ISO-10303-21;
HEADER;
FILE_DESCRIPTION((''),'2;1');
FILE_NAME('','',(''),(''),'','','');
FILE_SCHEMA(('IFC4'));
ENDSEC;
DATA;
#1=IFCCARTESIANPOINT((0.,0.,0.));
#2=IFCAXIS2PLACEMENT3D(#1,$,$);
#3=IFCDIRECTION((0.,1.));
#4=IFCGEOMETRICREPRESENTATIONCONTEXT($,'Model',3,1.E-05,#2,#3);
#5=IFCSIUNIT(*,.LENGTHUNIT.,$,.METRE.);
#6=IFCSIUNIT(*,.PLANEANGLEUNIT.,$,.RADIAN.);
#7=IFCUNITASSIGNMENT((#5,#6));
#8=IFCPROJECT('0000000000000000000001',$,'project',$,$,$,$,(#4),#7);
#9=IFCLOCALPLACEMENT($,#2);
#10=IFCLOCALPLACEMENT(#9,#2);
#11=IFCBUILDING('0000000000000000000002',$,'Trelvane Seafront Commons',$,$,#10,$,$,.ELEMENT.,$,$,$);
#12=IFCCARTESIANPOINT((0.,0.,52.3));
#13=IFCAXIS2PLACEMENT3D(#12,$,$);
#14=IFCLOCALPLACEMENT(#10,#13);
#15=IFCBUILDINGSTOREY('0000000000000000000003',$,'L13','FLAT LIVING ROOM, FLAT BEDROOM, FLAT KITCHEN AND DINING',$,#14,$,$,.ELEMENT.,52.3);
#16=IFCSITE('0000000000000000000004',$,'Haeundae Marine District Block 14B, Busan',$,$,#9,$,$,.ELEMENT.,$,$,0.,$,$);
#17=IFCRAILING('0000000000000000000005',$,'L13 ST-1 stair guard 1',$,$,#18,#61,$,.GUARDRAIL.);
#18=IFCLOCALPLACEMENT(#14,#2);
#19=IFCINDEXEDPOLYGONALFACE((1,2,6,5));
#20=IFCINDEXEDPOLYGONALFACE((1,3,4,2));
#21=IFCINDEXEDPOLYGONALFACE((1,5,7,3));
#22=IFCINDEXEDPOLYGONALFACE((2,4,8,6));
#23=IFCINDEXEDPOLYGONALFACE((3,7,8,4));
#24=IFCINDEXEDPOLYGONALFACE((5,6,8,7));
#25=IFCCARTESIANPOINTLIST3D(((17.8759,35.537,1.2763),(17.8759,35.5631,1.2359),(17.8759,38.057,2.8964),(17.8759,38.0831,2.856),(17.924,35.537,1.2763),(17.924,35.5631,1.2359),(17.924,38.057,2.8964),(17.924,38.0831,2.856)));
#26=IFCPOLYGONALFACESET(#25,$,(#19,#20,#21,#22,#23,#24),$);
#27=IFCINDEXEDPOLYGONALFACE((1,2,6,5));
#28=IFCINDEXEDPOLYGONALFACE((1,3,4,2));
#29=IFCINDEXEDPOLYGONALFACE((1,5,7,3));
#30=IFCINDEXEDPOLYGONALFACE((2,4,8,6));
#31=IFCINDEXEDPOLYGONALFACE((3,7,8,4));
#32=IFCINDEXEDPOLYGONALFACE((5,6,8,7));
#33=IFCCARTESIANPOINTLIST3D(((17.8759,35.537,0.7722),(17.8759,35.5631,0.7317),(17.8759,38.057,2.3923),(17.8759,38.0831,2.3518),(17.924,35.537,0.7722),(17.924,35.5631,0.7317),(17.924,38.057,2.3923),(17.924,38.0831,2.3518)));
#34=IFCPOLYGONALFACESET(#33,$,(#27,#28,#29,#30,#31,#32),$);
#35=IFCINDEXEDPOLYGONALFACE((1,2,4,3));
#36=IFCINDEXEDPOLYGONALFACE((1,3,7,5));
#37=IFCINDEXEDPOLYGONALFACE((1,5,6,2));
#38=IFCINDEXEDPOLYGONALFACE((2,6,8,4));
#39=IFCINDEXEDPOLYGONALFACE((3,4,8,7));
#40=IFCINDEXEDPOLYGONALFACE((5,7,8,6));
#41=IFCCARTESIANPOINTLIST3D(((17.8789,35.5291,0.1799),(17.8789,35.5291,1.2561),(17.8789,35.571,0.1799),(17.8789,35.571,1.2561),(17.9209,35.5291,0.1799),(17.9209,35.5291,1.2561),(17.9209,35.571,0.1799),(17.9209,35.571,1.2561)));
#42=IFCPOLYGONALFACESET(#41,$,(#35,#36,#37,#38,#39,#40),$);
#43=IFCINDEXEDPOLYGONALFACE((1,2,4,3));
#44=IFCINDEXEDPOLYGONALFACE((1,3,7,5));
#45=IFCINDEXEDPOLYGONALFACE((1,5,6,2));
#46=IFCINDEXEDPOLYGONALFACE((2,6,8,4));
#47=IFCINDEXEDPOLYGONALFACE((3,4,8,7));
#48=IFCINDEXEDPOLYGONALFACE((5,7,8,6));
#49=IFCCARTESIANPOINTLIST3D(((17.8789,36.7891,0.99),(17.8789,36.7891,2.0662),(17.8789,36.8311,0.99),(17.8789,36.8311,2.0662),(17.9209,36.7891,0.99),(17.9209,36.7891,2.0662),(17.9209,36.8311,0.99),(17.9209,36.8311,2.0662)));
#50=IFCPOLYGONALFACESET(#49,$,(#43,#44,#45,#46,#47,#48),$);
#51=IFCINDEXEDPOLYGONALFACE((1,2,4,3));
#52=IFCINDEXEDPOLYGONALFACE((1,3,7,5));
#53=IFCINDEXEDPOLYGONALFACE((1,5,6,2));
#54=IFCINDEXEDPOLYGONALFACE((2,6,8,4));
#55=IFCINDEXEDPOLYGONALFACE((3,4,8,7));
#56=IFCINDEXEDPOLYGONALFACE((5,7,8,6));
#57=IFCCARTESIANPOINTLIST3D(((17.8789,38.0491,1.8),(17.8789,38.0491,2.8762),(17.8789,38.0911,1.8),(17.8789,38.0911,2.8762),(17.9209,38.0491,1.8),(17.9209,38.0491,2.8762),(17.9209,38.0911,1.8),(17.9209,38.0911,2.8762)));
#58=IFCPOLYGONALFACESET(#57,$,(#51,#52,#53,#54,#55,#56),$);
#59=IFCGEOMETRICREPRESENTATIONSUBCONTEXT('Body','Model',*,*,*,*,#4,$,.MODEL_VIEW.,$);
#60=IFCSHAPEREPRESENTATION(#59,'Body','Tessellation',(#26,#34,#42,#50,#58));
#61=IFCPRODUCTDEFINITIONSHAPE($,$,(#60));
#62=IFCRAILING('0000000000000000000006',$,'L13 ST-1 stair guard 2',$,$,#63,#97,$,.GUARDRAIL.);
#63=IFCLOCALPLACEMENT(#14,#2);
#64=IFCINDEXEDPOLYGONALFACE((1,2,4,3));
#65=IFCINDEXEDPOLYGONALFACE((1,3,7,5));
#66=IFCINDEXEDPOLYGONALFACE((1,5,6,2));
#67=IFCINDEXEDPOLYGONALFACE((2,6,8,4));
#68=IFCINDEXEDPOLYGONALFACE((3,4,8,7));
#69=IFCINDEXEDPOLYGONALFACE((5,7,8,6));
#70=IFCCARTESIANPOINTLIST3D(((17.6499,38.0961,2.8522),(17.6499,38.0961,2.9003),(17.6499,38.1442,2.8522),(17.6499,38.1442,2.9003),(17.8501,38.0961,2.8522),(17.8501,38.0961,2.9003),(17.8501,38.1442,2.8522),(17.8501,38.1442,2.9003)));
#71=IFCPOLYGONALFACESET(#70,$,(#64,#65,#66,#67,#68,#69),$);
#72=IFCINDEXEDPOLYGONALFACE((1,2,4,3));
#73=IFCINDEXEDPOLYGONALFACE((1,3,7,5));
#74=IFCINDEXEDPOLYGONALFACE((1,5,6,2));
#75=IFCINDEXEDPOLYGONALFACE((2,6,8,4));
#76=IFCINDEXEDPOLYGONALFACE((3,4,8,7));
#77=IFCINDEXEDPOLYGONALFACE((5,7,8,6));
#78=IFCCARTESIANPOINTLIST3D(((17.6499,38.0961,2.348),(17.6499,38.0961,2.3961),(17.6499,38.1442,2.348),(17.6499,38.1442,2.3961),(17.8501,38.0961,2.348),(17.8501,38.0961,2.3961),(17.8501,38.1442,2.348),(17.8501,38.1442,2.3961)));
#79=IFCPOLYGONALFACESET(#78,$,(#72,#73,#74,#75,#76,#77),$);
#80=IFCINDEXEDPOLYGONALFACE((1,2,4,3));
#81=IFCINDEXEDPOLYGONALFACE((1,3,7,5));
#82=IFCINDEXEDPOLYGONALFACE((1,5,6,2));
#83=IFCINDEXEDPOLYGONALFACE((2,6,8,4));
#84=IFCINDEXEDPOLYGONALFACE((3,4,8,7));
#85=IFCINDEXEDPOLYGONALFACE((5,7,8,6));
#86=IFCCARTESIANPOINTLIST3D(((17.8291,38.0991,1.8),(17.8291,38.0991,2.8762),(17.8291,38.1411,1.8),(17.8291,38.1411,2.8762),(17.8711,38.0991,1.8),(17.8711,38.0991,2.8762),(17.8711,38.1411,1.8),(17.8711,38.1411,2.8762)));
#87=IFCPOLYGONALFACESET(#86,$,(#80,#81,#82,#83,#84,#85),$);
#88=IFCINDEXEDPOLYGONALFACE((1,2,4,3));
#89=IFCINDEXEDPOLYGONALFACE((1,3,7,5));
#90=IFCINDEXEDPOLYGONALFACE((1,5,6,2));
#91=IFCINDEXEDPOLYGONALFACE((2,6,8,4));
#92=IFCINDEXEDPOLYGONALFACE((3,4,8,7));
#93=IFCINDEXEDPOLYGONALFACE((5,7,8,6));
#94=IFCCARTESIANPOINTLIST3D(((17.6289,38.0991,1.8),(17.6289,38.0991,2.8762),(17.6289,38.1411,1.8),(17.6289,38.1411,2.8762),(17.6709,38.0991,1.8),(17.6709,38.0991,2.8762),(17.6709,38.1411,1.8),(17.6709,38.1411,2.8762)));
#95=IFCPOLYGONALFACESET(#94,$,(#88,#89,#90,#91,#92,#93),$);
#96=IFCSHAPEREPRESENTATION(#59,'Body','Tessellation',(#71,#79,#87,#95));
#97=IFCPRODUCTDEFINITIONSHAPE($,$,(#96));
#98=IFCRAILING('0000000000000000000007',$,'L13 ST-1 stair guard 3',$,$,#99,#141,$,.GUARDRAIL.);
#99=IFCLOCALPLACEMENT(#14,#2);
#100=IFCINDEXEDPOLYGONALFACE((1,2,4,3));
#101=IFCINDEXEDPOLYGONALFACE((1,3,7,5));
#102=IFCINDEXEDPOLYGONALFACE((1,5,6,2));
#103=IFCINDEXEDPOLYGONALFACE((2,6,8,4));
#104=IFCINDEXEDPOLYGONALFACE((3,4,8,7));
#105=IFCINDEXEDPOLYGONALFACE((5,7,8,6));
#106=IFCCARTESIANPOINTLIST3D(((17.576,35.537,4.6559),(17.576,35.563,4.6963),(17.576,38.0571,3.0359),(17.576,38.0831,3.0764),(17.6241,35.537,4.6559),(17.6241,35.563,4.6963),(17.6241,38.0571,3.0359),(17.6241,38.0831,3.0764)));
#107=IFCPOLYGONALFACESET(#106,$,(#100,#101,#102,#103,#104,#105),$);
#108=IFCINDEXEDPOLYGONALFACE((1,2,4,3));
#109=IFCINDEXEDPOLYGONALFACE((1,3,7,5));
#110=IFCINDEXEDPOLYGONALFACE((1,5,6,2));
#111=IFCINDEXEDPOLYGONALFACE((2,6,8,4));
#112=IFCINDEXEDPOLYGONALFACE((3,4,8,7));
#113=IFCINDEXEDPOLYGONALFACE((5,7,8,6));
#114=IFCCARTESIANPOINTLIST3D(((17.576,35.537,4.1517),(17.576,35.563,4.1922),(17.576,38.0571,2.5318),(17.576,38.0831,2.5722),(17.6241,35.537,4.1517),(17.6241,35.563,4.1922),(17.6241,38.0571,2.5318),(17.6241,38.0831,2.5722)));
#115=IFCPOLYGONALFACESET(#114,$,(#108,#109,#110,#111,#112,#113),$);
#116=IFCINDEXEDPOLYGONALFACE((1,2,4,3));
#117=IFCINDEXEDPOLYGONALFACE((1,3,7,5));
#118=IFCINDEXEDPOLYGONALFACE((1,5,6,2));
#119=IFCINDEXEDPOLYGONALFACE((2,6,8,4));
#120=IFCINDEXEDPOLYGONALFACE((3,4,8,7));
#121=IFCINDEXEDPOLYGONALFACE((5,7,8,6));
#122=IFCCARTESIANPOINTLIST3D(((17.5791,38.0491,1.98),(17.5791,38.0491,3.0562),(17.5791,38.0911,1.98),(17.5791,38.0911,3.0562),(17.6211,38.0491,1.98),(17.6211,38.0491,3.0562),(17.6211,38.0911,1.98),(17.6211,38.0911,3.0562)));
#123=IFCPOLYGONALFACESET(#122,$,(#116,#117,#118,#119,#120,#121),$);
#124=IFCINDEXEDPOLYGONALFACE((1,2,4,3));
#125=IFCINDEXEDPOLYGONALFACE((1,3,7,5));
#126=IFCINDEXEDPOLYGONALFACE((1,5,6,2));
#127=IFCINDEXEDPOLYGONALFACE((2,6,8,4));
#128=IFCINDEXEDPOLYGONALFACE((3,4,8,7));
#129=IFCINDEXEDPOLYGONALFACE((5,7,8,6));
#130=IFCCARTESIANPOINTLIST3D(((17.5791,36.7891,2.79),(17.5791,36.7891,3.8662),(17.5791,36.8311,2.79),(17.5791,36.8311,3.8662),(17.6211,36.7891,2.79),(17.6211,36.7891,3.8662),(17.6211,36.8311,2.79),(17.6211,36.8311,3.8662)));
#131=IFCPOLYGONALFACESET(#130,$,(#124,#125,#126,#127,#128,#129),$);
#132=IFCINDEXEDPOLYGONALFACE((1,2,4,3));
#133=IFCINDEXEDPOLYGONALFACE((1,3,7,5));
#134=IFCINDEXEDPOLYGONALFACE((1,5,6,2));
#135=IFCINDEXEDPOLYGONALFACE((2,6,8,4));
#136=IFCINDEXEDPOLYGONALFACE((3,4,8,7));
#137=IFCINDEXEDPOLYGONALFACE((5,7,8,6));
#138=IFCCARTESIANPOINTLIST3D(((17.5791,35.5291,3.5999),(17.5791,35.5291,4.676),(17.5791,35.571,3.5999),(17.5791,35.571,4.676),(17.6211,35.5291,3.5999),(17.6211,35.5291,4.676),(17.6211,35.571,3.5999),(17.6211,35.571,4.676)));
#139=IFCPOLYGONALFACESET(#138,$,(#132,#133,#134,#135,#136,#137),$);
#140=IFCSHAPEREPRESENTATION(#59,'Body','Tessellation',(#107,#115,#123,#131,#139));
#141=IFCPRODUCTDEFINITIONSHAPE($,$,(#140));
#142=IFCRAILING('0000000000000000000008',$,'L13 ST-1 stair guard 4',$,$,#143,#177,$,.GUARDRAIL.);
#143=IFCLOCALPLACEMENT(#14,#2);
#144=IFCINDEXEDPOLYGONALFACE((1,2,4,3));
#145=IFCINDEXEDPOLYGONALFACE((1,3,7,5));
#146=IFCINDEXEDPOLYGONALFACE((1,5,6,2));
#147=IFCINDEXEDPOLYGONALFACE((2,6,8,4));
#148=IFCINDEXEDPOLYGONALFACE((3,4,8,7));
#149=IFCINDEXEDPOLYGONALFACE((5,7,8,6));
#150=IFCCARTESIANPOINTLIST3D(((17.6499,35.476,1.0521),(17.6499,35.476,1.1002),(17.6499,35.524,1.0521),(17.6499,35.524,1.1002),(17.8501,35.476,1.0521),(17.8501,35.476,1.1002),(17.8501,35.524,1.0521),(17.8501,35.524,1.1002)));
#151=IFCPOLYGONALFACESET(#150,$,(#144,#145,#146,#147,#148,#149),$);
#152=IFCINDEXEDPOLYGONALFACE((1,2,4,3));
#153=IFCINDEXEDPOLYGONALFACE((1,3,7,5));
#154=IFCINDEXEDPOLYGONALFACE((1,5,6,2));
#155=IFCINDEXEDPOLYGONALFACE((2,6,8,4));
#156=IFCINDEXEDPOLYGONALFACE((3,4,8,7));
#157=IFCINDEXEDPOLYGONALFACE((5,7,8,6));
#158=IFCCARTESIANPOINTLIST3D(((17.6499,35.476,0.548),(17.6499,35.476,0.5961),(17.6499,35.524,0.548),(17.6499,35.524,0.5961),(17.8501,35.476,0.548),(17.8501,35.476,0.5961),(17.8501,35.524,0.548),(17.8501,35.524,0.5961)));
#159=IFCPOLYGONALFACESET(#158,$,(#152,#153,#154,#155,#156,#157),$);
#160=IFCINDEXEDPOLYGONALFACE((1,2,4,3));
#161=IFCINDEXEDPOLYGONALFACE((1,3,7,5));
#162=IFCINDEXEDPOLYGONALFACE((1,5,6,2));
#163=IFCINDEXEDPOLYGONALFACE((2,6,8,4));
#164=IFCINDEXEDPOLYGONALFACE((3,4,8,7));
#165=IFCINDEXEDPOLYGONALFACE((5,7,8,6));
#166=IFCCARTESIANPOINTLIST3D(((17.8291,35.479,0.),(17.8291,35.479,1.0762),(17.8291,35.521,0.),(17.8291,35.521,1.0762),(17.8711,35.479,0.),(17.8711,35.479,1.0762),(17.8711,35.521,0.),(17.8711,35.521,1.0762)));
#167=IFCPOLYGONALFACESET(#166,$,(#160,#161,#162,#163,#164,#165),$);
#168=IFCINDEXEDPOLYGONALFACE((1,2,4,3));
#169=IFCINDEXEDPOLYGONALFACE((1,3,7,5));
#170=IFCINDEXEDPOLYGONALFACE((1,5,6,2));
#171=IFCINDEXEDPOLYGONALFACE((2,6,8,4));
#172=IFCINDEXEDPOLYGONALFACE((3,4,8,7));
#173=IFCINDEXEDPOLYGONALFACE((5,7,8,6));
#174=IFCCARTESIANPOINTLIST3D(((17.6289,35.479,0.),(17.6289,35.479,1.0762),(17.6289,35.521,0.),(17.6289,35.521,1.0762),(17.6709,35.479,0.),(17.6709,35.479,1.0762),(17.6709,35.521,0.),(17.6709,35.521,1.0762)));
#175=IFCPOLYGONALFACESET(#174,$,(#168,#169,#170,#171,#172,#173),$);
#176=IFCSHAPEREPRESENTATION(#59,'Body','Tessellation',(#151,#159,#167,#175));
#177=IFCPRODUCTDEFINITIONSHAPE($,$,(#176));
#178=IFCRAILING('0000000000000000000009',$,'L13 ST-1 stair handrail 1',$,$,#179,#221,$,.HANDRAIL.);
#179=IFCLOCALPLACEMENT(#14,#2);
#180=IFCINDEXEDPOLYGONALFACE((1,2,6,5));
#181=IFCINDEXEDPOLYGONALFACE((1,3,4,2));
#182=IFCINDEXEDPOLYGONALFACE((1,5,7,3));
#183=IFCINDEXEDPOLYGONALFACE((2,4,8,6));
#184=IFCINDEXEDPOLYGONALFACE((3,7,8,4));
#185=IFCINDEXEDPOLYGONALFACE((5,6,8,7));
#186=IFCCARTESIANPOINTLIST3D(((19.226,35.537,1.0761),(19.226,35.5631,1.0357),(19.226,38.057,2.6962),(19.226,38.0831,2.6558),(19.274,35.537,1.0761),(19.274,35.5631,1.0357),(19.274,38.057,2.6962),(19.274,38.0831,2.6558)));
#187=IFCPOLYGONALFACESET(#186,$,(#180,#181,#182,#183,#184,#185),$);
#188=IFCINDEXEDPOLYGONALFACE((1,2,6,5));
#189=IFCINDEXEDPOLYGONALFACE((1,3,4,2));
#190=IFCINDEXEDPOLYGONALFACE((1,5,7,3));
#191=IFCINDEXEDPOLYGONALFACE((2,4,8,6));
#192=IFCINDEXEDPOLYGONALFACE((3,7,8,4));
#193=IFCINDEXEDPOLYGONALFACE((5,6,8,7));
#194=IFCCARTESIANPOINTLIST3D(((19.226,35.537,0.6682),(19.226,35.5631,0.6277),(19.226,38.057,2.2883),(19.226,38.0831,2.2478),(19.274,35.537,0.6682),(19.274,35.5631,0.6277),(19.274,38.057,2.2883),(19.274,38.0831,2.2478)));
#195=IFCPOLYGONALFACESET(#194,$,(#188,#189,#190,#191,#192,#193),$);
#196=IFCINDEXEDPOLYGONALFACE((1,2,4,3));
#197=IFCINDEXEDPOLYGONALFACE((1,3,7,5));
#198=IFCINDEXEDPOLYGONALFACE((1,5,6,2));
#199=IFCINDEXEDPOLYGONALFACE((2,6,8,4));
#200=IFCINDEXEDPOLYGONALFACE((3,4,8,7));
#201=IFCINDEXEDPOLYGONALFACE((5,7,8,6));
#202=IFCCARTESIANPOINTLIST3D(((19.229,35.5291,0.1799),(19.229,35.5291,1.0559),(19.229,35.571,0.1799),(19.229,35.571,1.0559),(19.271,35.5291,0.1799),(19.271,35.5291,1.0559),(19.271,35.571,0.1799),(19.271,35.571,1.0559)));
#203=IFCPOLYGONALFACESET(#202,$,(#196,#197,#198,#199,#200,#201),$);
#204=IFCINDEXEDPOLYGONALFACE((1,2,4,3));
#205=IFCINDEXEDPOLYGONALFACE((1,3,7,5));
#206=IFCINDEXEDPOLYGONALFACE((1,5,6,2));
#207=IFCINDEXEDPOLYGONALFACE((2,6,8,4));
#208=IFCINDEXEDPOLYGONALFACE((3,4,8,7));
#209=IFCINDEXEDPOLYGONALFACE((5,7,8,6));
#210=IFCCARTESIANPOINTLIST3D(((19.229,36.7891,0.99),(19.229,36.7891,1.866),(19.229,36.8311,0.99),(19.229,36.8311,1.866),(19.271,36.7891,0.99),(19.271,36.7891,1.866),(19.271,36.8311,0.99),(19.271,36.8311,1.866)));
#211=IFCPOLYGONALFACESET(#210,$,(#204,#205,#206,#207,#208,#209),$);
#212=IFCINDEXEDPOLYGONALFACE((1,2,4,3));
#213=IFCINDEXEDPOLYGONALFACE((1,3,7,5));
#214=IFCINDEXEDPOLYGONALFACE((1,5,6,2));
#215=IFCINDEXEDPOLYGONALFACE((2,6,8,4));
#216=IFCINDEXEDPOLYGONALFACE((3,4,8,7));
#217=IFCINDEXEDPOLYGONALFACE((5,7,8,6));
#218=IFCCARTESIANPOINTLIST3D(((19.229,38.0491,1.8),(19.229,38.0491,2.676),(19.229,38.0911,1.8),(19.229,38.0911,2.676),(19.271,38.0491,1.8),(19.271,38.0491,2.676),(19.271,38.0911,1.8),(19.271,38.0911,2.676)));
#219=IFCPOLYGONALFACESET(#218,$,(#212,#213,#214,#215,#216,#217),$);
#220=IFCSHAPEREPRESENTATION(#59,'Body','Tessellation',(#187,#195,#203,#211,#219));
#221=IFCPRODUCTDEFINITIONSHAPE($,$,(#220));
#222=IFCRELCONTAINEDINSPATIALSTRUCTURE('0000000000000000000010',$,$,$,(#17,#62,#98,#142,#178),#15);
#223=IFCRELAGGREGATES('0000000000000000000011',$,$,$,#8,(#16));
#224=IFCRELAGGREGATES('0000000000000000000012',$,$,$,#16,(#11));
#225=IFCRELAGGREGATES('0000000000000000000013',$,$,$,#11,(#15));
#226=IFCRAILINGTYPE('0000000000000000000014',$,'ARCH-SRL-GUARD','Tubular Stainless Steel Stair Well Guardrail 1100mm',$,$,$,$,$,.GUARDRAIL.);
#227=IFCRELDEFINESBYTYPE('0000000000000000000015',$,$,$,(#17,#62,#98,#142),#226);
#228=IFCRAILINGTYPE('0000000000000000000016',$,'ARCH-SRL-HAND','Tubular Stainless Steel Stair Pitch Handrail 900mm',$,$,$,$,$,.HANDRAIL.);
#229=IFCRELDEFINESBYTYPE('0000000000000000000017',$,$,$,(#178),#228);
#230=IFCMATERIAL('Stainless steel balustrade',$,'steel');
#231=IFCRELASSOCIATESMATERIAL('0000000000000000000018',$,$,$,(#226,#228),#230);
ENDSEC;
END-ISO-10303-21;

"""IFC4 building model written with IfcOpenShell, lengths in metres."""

from ifc_helpers import new_model, si_unit, direction, frame, origin, origin_2d, place, context, subcontext, project, spatial, rectangle, extrude, material, type_object, element, save


model = new_model("IFC4")

# Units and contexts
model_context = context("Model", 3, precision=1e-05, world=origin(), true_north=direction((0.0, 1.0)))
body_context = subcontext(model_context, "Body", "Model", "MODEL_VIEW")
ifc_project = project(units=[si_unit("LENGTHUNIT", "METRE"), si_unit("PLANEANGLEUNIT", "RADIAN")], contexts=[model_context])

# Site, building, storey
site_placement = place(None, origin())
site = spatial("IfcSite", under=ifc_project, at=site_placement, Name="Haeundae Marine District Block 14B, Busan", CompositionType="ELEMENT", RefElevation=0.0)
building_placement = place(site_placement, origin())
building = spatial("IfcBuilding", under=site, at=building_placement, Name="Trelvane Seafront Commons", CompositionType="ELEMENT")
storey_placement = place(building_placement, frame((0.0, 0.0, 52.3)))
storey = spatial("IfcBuildingStorey", under=building, at=storey_placement, Name="L13", Description="FLAT LIVING ROOM, FLAT BEDROOM, FLAT KITCHEN AND DINING", CompositionType="ELEMENT", Elevation=52.3)

# Shared definitions
ifc_material_1 = material(Name="Stainless steel balustrade", Category="steel")

# Railings
railing_type_1 = type_object("IfcRailingType", Name="ARCH-SRL-GUARD", Description="Tubular Stainless Steel Stair Well Guardrail 1100mm", PredefinedType="GUARDRAIL", material=ifc_material_1)
railing_1_placement = place(storey_placement, frame((17.8999, 35.55, 0.1799)))
element("IfcRailing", 1, at=railing_1_placement, inside=storey, type_object=railing_type_1, Name="L13 ST-1 stair guard 1", PredefinedType="GUARDRAIL", context=body_context, shape_type="SweptSolid", body=[
    extrude(rectangle(XDim=0.0481, YDim=0.0481, at=origin_2d()), frame((0.0, 0.0, 1.0762), z_axis=(0.0, 0.841163, 0.540782), x_axis=(-1.0, 0.0, 0.0)), (0.0, 0.0, 1.0), 2.9958),
    extrude(rectangle(XDim=0.0481, YDim=0.0481, at=origin_2d()), frame((0.0, 0.0, 0.572), z_axis=(0.0, 0.841163, 0.540782), x_axis=(-1.0, 0.0, 0.0)), (0.0, 0.0, 1.0), 2.9958),
    extrude(rectangle(XDim=0.042, YDim=0.042, at=origin_2d()), origin(), (0.0, 0.0, 1.0), 1.0762),
    extrude(rectangle(XDim=0.042, YDim=0.042, at=origin_2d()), frame((0.0, 1.26, 0.8101)), (0.0, 0.0, 1.0), 1.0762),
    extrude(rectangle(XDim=0.042, YDim=0.042, at=origin_2d()), frame((0.0, 2.52, 1.6201)), (0.0, 0.0, 1.0), 1.0762),
])
railing_2_placement = place(storey_placement, frame((17.8501, 38.1201, 1.8)))
element("IfcRailing", 2, at=railing_2_placement, inside=storey, type_object=railing_type_1, Name="L13 ST-1 stair guard 2", PredefinedType="GUARDRAIL", context=body_context, shape_type="SweptSolid", body=[
    extrude(rectangle(XDim=0.0481, YDim=0.0481, at=origin_2d()), frame((0.0, 0.0, 1.0762), z_axis=(-1.0, 0.0, 0.0), x_axis=(0.0, -1.0, 0.0)), (0.0, 0.0, 1.0), 0.2002),
    extrude(rectangle(XDim=0.0481, YDim=0.0481, at=origin_2d()), frame((0.0, 0.0, 0.572), z_axis=(-1.0, 0.0, 0.0), x_axis=(0.0, -1.0, 0.0)), (0.0, 0.0, 1.0), 0.2002),
    extrude(rectangle(XDim=0.042, YDim=0.042, at=origin_2d()), origin(), (0.0, 0.0, 1.0), 1.0762),
    extrude(rectangle(XDim=0.042, YDim=0.042, at=origin_2d()), frame((-0.2002, 0.0, 0.0)), (0.0, 0.0, 1.0), 1.0762),
])
railing_3_placement = place(storey_placement, frame((17.6001, 38.0701, 1.98)))
element("IfcRailing", 3, at=railing_3_placement, inside=storey, type_object=railing_type_1, Name="L13 ST-1 stair guard 3", PredefinedType="GUARDRAIL", context=body_context, shape_type="SweptSolid", body=[
    extrude(rectangle(XDim=0.0481, YDim=0.0481, at=origin_2d()), frame((0.0, 0.0, 1.0762), z_axis=(0.0, -0.8412, 0.540725), x_axis=(1.0, 0.0, 0.0)), (0.0, 0.0, 1.0), 2.9958),
    extrude(rectangle(XDim=0.0481, YDim=0.0481, at=origin_2d()), frame((0.0, 0.0, 0.572), z_axis=(0.0, -0.8412, 0.540725), x_axis=(1.0, 0.0, 0.0)), (0.0, 0.0, 1.0), 2.9958),
    extrude(rectangle(XDim=0.042, YDim=0.042, at=origin_2d()), origin(), (0.0, 0.0, 1.0), 1.0762),
    extrude(rectangle(XDim=0.042, YDim=0.042, at=origin_2d()), frame((0.0, -1.26, 0.8101)), (0.0, 0.0, 1.0), 1.0762),
    extrude(rectangle(XDim=0.042, YDim=0.042, at=origin_2d()), frame((0.0, -2.52, 1.6199)), (0.0, 0.0, 1.0), 1.0762),
])
railing_4_placement = place(storey_placement, frame((17.8501, 35.5, 0.0)))
element("IfcRailing", 4, at=railing_4_placement, inside=storey, type_object=railing_type_1, Name="L13 ST-1 stair guard 4", PredefinedType="GUARDRAIL", context=body_context, shape_type="SweptSolid", body=[
    extrude(rectangle(XDim=0.0481, YDim=0.0481, at=origin_2d()), frame((0.0, 0.0, 1.0762), z_axis=(-1.0, 0.0, 0.0), x_axis=(0.0, -1.0, 0.0)), (0.0, 0.0, 1.0), 0.2002),
    extrude(rectangle(XDim=0.0481, YDim=0.0481, at=origin_2d()), frame((0.0, 0.0, 0.572), z_axis=(-1.0, 0.0, 0.0), x_axis=(0.0, -1.0, 0.0)), (0.0, 0.0, 1.0), 0.2002),
    extrude(rectangle(XDim=0.042, YDim=0.042, at=origin_2d()), origin(), (0.0, 0.0, 1.0), 1.0762),
    extrude(rectangle(XDim=0.042, YDim=0.042, at=origin_2d()), frame((-0.2002, 0.0, 0.0)), (0.0, 0.0, 1.0), 1.0762),
])
railing_type_2 = type_object("IfcRailingType", Name="ARCH-SRL-HAND", Description="Tubular Stainless Steel Stair Pitch Handrail 900mm", PredefinedType="HANDRAIL", material=ifc_material_1)
railing_5_placement = place(storey_placement, frame((19.25, 35.55, 0.1799)))
element("IfcRailing", 5, at=railing_5_placement, inside=storey, type_object=railing_type_2, Name="L13 ST-1 stair handrail 1", PredefinedType="HANDRAIL", context=body_context, shape_type="SweptSolid", body=[
    extrude(rectangle(XDim=0.0481, YDim=0.0481, at=origin_2d()), frame((0.0, 0.0, 0.876), z_axis=(0.0, 0.841163, 0.540782), x_axis=(-1.0, 0.0, 0.0)), (0.0, 0.0, 1.0), 2.9958),
    extrude(rectangle(XDim=0.0481, YDim=0.0481, at=origin_2d()), frame((0.0, 0.0, 0.468), z_axis=(0.0, 0.841163, 0.540782), x_axis=(-1.0, 0.0, 0.0)), (0.0, 0.0, 1.0), 2.9958),
    extrude(rectangle(XDim=0.042, YDim=0.042, at=origin_2d()), origin(), (0.0, 0.0, 1.0), 0.876),
    extrude(rectangle(XDim=0.042, YDim=0.042, at=origin_2d()), frame((0.0, 1.26, 0.8101)), (0.0, 0.0, 1.0), 0.876),
    extrude(rectangle(XDim=0.042, YDim=0.042, at=origin_2d()), frame((0.0, 2.52, 1.6201)), (0.0, 0.0, 1.0), 0.876),
])

save(model, "model.ifc")
